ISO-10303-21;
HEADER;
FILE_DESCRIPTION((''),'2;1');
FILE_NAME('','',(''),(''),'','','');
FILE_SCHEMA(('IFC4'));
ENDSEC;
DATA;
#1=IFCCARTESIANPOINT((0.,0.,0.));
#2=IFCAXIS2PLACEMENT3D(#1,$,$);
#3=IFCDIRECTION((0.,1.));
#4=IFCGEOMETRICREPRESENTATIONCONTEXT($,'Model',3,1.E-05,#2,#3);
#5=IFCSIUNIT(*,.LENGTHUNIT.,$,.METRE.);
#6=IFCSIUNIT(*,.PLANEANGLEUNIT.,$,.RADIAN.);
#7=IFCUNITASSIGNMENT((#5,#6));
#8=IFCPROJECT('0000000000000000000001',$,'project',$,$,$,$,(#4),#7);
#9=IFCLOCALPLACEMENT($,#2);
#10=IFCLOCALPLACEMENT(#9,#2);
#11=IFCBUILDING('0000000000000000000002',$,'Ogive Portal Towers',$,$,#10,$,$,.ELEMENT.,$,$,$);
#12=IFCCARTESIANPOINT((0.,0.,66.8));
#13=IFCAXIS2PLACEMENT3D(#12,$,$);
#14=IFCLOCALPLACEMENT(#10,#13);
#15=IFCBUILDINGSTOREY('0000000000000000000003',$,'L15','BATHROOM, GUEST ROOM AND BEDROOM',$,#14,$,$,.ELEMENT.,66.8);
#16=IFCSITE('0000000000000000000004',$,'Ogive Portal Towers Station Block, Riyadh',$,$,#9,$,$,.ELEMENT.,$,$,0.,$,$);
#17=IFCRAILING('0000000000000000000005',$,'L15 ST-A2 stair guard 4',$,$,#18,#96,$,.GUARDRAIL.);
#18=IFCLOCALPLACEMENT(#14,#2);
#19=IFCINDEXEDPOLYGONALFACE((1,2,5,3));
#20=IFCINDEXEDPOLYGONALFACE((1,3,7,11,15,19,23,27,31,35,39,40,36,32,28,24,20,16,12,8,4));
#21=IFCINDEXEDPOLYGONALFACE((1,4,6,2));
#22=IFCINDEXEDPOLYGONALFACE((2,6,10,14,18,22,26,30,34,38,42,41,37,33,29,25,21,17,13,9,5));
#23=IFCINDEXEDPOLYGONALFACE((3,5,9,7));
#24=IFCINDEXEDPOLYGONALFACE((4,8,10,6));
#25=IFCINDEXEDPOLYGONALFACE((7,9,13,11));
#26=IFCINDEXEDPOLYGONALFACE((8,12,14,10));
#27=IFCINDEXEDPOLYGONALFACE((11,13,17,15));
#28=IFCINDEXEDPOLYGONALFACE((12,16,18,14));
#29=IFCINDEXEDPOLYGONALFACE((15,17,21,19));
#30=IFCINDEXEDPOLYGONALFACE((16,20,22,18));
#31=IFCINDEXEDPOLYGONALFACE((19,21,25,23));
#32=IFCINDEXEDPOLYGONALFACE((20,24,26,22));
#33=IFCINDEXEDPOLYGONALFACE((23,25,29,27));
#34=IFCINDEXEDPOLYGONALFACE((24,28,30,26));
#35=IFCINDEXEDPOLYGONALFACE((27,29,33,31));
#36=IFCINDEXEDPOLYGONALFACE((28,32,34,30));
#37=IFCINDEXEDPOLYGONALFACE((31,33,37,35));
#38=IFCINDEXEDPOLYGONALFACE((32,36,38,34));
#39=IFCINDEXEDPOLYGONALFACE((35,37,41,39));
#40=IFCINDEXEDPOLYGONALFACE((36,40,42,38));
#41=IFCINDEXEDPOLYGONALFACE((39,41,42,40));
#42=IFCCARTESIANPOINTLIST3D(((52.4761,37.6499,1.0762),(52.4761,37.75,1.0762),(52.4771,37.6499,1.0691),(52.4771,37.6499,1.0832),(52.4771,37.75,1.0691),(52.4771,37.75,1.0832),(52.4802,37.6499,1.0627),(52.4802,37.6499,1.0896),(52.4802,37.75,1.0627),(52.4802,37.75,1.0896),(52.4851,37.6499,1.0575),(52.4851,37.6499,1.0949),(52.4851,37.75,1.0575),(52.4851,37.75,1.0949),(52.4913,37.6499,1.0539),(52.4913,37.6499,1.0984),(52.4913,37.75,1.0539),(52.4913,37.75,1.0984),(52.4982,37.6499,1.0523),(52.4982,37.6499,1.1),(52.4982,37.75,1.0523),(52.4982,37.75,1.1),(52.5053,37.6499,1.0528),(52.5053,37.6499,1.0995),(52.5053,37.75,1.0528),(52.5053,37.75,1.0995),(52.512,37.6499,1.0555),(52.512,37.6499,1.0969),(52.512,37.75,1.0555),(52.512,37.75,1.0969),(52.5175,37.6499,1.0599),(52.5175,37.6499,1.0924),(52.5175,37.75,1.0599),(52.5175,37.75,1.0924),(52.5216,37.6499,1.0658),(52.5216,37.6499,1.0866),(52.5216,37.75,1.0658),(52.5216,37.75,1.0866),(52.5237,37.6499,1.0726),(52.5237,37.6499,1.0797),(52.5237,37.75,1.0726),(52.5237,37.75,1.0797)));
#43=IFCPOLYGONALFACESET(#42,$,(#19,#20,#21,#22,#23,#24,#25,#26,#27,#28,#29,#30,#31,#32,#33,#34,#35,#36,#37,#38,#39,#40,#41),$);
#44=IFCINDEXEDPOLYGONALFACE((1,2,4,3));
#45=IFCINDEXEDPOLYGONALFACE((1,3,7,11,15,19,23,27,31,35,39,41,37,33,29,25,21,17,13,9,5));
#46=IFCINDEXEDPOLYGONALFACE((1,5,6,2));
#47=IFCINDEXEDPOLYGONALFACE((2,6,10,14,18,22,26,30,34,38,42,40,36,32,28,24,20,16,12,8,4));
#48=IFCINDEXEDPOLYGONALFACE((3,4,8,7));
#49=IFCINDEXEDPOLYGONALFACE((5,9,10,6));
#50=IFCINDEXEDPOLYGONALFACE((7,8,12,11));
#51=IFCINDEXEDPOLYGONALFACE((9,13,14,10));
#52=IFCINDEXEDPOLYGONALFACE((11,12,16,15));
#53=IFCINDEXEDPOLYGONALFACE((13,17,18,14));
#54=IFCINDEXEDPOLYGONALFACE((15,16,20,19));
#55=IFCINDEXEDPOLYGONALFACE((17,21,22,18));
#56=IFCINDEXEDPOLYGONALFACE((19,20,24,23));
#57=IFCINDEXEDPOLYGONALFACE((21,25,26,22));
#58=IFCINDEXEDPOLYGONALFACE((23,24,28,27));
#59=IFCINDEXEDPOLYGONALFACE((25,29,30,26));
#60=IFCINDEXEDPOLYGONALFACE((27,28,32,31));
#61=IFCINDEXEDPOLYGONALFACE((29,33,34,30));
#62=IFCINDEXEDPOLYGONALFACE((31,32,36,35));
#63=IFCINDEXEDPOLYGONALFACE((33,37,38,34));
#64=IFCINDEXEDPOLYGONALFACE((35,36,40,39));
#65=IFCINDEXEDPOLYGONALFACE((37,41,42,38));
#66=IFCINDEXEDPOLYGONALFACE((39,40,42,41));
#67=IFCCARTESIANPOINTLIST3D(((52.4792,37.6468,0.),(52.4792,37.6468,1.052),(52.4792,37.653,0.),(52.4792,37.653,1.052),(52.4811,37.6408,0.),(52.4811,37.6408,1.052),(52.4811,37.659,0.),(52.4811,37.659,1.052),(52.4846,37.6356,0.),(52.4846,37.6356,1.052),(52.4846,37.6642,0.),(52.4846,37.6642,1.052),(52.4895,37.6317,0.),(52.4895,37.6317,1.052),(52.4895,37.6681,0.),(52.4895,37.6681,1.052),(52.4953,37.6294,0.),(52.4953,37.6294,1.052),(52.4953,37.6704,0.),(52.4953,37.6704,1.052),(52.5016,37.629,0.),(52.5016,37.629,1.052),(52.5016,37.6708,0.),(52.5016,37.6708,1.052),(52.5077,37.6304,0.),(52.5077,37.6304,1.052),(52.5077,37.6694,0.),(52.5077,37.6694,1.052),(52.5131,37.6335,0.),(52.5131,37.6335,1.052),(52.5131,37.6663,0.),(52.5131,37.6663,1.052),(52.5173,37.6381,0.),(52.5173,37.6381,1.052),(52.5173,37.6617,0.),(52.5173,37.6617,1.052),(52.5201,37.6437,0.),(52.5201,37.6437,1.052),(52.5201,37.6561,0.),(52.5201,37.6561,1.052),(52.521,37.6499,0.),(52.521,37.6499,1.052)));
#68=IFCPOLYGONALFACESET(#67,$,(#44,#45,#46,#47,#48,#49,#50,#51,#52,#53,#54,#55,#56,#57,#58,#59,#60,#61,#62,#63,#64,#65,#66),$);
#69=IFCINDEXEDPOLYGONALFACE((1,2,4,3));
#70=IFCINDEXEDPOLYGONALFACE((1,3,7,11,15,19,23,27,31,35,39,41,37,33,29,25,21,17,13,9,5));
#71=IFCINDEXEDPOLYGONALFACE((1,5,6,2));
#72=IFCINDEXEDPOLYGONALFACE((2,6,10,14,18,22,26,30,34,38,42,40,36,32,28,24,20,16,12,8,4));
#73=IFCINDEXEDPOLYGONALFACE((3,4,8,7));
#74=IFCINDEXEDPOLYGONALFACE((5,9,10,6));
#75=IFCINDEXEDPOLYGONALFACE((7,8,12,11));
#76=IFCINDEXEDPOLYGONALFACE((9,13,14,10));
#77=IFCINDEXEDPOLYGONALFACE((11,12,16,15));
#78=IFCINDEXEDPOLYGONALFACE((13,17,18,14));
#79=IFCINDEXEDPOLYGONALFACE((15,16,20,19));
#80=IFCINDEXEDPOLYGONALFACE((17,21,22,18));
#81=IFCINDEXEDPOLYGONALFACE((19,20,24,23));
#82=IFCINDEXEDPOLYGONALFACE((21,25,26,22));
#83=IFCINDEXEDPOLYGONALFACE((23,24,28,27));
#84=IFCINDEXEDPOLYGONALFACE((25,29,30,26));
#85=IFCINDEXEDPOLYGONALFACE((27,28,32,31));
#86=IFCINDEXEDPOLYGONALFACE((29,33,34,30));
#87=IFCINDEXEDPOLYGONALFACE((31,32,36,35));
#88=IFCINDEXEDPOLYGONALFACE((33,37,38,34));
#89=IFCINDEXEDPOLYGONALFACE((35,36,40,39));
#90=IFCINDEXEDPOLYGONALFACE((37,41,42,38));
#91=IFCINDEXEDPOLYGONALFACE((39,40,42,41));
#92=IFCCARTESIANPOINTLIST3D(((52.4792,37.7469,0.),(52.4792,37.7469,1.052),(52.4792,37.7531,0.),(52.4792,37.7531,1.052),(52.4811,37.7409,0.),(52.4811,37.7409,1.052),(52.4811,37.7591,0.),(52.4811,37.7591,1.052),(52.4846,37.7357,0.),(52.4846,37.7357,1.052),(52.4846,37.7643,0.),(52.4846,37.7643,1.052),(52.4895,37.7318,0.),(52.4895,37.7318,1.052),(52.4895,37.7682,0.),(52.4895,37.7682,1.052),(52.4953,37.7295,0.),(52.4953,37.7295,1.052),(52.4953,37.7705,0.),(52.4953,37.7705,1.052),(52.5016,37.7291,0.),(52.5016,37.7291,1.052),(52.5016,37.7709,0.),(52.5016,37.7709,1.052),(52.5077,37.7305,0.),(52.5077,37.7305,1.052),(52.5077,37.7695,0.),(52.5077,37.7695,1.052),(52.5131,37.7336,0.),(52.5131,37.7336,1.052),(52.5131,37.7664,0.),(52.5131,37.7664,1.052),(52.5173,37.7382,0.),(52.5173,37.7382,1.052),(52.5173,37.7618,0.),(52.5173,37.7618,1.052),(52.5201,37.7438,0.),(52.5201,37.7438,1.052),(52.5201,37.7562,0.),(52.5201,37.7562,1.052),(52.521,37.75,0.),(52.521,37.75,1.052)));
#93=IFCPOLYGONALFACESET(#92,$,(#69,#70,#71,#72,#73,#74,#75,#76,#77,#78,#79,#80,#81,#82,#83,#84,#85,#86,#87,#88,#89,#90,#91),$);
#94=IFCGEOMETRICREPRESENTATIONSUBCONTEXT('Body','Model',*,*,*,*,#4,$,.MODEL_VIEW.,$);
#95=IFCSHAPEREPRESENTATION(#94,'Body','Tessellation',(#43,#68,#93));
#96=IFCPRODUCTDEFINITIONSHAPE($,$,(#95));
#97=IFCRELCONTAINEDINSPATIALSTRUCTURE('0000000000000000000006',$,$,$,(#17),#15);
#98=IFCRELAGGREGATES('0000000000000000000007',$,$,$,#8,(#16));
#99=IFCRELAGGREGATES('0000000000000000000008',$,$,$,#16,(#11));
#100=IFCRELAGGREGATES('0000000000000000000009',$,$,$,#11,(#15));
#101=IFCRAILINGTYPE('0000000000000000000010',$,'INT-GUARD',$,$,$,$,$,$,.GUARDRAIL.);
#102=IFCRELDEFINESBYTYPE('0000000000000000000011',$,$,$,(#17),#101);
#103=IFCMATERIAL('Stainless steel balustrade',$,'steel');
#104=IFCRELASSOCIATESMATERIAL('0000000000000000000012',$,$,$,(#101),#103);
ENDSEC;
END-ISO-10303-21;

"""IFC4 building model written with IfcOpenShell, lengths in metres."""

from ifc_helpers import new_model, si_unit, direction, frame, origin, origin_2d, place, context, subcontext, project, spatial, circle, extrude, material, type_object, element, save


model = new_model("IFC4")

# Units and contexts
model_context = context("Model", 3, precision=1e-05, world=origin(), true_north=direction((0.0, 1.0)))
body_context = subcontext(model_context, "Body", "Model", "MODEL_VIEW")
ifc_project = project(units=[si_unit("LENGTHUNIT", "METRE"), si_unit("PLANEANGLEUNIT", "RADIAN")], contexts=[model_context])

# Site, building, storey
site_placement = place(None, origin())
site = spatial("IfcSite", under=ifc_project, at=site_placement, Name="Ogive Portal Towers Station Block, Riyadh", CompositionType="ELEMENT", RefElevation=0.0)
building_placement = place(site_placement, origin())
building = spatial("IfcBuilding", under=site, at=building_placement, Name="Ogive Portal Towers", CompositionType="ELEMENT")
storey_placement = place(building_placement, frame((0.0, 0.0, 66.8)))
storey = spatial("IfcBuildingStorey", under=building, at=storey_placement, Name="L15", Description="BATHROOM, GUEST ROOM AND BEDROOM", CompositionType="ELEMENT", Elevation=66.8)

# Railing
ifc_material_1 = material(Name="Stainless steel balustrade", Category="steel")
railing_type_1 = type_object("IfcRailingType", Name="INT-GUARD", PredefinedType="GUARDRAIL", material=ifc_material_1)
railing_1_placement = place(storey_placement, frame((52.5, 37.6499, 0.0)))
element("IfcRailing", 1, at=railing_1_placement, inside=storey, type_object=railing_type_1, Name="L15 ST-A2 stair guard 4", PredefinedType="GUARDRAIL", context=body_context, shape_type="SweptSolid", body=[
    extrude(circle(Radius=0.0239, at=origin_2d()), frame((0.0, 0.0, 1.0762), z_axis=(0.0, 1.0, 0.0), x_axis=(-1.0, 0.0, 0.0)), (0.0, 0.0, 1.0), 0.1001),
    extrude(circle(Radius=0.021, at=origin_2d()), origin(), (0.0, 0.0, 1.0), 1.052),
    extrude(circle(Radius=0.021, at=origin_2d()), frame((0.0, 0.1001, 0.0)), (0.0, 0.0, 1.0), 1.052),
])

save(model, "model.ifc")
